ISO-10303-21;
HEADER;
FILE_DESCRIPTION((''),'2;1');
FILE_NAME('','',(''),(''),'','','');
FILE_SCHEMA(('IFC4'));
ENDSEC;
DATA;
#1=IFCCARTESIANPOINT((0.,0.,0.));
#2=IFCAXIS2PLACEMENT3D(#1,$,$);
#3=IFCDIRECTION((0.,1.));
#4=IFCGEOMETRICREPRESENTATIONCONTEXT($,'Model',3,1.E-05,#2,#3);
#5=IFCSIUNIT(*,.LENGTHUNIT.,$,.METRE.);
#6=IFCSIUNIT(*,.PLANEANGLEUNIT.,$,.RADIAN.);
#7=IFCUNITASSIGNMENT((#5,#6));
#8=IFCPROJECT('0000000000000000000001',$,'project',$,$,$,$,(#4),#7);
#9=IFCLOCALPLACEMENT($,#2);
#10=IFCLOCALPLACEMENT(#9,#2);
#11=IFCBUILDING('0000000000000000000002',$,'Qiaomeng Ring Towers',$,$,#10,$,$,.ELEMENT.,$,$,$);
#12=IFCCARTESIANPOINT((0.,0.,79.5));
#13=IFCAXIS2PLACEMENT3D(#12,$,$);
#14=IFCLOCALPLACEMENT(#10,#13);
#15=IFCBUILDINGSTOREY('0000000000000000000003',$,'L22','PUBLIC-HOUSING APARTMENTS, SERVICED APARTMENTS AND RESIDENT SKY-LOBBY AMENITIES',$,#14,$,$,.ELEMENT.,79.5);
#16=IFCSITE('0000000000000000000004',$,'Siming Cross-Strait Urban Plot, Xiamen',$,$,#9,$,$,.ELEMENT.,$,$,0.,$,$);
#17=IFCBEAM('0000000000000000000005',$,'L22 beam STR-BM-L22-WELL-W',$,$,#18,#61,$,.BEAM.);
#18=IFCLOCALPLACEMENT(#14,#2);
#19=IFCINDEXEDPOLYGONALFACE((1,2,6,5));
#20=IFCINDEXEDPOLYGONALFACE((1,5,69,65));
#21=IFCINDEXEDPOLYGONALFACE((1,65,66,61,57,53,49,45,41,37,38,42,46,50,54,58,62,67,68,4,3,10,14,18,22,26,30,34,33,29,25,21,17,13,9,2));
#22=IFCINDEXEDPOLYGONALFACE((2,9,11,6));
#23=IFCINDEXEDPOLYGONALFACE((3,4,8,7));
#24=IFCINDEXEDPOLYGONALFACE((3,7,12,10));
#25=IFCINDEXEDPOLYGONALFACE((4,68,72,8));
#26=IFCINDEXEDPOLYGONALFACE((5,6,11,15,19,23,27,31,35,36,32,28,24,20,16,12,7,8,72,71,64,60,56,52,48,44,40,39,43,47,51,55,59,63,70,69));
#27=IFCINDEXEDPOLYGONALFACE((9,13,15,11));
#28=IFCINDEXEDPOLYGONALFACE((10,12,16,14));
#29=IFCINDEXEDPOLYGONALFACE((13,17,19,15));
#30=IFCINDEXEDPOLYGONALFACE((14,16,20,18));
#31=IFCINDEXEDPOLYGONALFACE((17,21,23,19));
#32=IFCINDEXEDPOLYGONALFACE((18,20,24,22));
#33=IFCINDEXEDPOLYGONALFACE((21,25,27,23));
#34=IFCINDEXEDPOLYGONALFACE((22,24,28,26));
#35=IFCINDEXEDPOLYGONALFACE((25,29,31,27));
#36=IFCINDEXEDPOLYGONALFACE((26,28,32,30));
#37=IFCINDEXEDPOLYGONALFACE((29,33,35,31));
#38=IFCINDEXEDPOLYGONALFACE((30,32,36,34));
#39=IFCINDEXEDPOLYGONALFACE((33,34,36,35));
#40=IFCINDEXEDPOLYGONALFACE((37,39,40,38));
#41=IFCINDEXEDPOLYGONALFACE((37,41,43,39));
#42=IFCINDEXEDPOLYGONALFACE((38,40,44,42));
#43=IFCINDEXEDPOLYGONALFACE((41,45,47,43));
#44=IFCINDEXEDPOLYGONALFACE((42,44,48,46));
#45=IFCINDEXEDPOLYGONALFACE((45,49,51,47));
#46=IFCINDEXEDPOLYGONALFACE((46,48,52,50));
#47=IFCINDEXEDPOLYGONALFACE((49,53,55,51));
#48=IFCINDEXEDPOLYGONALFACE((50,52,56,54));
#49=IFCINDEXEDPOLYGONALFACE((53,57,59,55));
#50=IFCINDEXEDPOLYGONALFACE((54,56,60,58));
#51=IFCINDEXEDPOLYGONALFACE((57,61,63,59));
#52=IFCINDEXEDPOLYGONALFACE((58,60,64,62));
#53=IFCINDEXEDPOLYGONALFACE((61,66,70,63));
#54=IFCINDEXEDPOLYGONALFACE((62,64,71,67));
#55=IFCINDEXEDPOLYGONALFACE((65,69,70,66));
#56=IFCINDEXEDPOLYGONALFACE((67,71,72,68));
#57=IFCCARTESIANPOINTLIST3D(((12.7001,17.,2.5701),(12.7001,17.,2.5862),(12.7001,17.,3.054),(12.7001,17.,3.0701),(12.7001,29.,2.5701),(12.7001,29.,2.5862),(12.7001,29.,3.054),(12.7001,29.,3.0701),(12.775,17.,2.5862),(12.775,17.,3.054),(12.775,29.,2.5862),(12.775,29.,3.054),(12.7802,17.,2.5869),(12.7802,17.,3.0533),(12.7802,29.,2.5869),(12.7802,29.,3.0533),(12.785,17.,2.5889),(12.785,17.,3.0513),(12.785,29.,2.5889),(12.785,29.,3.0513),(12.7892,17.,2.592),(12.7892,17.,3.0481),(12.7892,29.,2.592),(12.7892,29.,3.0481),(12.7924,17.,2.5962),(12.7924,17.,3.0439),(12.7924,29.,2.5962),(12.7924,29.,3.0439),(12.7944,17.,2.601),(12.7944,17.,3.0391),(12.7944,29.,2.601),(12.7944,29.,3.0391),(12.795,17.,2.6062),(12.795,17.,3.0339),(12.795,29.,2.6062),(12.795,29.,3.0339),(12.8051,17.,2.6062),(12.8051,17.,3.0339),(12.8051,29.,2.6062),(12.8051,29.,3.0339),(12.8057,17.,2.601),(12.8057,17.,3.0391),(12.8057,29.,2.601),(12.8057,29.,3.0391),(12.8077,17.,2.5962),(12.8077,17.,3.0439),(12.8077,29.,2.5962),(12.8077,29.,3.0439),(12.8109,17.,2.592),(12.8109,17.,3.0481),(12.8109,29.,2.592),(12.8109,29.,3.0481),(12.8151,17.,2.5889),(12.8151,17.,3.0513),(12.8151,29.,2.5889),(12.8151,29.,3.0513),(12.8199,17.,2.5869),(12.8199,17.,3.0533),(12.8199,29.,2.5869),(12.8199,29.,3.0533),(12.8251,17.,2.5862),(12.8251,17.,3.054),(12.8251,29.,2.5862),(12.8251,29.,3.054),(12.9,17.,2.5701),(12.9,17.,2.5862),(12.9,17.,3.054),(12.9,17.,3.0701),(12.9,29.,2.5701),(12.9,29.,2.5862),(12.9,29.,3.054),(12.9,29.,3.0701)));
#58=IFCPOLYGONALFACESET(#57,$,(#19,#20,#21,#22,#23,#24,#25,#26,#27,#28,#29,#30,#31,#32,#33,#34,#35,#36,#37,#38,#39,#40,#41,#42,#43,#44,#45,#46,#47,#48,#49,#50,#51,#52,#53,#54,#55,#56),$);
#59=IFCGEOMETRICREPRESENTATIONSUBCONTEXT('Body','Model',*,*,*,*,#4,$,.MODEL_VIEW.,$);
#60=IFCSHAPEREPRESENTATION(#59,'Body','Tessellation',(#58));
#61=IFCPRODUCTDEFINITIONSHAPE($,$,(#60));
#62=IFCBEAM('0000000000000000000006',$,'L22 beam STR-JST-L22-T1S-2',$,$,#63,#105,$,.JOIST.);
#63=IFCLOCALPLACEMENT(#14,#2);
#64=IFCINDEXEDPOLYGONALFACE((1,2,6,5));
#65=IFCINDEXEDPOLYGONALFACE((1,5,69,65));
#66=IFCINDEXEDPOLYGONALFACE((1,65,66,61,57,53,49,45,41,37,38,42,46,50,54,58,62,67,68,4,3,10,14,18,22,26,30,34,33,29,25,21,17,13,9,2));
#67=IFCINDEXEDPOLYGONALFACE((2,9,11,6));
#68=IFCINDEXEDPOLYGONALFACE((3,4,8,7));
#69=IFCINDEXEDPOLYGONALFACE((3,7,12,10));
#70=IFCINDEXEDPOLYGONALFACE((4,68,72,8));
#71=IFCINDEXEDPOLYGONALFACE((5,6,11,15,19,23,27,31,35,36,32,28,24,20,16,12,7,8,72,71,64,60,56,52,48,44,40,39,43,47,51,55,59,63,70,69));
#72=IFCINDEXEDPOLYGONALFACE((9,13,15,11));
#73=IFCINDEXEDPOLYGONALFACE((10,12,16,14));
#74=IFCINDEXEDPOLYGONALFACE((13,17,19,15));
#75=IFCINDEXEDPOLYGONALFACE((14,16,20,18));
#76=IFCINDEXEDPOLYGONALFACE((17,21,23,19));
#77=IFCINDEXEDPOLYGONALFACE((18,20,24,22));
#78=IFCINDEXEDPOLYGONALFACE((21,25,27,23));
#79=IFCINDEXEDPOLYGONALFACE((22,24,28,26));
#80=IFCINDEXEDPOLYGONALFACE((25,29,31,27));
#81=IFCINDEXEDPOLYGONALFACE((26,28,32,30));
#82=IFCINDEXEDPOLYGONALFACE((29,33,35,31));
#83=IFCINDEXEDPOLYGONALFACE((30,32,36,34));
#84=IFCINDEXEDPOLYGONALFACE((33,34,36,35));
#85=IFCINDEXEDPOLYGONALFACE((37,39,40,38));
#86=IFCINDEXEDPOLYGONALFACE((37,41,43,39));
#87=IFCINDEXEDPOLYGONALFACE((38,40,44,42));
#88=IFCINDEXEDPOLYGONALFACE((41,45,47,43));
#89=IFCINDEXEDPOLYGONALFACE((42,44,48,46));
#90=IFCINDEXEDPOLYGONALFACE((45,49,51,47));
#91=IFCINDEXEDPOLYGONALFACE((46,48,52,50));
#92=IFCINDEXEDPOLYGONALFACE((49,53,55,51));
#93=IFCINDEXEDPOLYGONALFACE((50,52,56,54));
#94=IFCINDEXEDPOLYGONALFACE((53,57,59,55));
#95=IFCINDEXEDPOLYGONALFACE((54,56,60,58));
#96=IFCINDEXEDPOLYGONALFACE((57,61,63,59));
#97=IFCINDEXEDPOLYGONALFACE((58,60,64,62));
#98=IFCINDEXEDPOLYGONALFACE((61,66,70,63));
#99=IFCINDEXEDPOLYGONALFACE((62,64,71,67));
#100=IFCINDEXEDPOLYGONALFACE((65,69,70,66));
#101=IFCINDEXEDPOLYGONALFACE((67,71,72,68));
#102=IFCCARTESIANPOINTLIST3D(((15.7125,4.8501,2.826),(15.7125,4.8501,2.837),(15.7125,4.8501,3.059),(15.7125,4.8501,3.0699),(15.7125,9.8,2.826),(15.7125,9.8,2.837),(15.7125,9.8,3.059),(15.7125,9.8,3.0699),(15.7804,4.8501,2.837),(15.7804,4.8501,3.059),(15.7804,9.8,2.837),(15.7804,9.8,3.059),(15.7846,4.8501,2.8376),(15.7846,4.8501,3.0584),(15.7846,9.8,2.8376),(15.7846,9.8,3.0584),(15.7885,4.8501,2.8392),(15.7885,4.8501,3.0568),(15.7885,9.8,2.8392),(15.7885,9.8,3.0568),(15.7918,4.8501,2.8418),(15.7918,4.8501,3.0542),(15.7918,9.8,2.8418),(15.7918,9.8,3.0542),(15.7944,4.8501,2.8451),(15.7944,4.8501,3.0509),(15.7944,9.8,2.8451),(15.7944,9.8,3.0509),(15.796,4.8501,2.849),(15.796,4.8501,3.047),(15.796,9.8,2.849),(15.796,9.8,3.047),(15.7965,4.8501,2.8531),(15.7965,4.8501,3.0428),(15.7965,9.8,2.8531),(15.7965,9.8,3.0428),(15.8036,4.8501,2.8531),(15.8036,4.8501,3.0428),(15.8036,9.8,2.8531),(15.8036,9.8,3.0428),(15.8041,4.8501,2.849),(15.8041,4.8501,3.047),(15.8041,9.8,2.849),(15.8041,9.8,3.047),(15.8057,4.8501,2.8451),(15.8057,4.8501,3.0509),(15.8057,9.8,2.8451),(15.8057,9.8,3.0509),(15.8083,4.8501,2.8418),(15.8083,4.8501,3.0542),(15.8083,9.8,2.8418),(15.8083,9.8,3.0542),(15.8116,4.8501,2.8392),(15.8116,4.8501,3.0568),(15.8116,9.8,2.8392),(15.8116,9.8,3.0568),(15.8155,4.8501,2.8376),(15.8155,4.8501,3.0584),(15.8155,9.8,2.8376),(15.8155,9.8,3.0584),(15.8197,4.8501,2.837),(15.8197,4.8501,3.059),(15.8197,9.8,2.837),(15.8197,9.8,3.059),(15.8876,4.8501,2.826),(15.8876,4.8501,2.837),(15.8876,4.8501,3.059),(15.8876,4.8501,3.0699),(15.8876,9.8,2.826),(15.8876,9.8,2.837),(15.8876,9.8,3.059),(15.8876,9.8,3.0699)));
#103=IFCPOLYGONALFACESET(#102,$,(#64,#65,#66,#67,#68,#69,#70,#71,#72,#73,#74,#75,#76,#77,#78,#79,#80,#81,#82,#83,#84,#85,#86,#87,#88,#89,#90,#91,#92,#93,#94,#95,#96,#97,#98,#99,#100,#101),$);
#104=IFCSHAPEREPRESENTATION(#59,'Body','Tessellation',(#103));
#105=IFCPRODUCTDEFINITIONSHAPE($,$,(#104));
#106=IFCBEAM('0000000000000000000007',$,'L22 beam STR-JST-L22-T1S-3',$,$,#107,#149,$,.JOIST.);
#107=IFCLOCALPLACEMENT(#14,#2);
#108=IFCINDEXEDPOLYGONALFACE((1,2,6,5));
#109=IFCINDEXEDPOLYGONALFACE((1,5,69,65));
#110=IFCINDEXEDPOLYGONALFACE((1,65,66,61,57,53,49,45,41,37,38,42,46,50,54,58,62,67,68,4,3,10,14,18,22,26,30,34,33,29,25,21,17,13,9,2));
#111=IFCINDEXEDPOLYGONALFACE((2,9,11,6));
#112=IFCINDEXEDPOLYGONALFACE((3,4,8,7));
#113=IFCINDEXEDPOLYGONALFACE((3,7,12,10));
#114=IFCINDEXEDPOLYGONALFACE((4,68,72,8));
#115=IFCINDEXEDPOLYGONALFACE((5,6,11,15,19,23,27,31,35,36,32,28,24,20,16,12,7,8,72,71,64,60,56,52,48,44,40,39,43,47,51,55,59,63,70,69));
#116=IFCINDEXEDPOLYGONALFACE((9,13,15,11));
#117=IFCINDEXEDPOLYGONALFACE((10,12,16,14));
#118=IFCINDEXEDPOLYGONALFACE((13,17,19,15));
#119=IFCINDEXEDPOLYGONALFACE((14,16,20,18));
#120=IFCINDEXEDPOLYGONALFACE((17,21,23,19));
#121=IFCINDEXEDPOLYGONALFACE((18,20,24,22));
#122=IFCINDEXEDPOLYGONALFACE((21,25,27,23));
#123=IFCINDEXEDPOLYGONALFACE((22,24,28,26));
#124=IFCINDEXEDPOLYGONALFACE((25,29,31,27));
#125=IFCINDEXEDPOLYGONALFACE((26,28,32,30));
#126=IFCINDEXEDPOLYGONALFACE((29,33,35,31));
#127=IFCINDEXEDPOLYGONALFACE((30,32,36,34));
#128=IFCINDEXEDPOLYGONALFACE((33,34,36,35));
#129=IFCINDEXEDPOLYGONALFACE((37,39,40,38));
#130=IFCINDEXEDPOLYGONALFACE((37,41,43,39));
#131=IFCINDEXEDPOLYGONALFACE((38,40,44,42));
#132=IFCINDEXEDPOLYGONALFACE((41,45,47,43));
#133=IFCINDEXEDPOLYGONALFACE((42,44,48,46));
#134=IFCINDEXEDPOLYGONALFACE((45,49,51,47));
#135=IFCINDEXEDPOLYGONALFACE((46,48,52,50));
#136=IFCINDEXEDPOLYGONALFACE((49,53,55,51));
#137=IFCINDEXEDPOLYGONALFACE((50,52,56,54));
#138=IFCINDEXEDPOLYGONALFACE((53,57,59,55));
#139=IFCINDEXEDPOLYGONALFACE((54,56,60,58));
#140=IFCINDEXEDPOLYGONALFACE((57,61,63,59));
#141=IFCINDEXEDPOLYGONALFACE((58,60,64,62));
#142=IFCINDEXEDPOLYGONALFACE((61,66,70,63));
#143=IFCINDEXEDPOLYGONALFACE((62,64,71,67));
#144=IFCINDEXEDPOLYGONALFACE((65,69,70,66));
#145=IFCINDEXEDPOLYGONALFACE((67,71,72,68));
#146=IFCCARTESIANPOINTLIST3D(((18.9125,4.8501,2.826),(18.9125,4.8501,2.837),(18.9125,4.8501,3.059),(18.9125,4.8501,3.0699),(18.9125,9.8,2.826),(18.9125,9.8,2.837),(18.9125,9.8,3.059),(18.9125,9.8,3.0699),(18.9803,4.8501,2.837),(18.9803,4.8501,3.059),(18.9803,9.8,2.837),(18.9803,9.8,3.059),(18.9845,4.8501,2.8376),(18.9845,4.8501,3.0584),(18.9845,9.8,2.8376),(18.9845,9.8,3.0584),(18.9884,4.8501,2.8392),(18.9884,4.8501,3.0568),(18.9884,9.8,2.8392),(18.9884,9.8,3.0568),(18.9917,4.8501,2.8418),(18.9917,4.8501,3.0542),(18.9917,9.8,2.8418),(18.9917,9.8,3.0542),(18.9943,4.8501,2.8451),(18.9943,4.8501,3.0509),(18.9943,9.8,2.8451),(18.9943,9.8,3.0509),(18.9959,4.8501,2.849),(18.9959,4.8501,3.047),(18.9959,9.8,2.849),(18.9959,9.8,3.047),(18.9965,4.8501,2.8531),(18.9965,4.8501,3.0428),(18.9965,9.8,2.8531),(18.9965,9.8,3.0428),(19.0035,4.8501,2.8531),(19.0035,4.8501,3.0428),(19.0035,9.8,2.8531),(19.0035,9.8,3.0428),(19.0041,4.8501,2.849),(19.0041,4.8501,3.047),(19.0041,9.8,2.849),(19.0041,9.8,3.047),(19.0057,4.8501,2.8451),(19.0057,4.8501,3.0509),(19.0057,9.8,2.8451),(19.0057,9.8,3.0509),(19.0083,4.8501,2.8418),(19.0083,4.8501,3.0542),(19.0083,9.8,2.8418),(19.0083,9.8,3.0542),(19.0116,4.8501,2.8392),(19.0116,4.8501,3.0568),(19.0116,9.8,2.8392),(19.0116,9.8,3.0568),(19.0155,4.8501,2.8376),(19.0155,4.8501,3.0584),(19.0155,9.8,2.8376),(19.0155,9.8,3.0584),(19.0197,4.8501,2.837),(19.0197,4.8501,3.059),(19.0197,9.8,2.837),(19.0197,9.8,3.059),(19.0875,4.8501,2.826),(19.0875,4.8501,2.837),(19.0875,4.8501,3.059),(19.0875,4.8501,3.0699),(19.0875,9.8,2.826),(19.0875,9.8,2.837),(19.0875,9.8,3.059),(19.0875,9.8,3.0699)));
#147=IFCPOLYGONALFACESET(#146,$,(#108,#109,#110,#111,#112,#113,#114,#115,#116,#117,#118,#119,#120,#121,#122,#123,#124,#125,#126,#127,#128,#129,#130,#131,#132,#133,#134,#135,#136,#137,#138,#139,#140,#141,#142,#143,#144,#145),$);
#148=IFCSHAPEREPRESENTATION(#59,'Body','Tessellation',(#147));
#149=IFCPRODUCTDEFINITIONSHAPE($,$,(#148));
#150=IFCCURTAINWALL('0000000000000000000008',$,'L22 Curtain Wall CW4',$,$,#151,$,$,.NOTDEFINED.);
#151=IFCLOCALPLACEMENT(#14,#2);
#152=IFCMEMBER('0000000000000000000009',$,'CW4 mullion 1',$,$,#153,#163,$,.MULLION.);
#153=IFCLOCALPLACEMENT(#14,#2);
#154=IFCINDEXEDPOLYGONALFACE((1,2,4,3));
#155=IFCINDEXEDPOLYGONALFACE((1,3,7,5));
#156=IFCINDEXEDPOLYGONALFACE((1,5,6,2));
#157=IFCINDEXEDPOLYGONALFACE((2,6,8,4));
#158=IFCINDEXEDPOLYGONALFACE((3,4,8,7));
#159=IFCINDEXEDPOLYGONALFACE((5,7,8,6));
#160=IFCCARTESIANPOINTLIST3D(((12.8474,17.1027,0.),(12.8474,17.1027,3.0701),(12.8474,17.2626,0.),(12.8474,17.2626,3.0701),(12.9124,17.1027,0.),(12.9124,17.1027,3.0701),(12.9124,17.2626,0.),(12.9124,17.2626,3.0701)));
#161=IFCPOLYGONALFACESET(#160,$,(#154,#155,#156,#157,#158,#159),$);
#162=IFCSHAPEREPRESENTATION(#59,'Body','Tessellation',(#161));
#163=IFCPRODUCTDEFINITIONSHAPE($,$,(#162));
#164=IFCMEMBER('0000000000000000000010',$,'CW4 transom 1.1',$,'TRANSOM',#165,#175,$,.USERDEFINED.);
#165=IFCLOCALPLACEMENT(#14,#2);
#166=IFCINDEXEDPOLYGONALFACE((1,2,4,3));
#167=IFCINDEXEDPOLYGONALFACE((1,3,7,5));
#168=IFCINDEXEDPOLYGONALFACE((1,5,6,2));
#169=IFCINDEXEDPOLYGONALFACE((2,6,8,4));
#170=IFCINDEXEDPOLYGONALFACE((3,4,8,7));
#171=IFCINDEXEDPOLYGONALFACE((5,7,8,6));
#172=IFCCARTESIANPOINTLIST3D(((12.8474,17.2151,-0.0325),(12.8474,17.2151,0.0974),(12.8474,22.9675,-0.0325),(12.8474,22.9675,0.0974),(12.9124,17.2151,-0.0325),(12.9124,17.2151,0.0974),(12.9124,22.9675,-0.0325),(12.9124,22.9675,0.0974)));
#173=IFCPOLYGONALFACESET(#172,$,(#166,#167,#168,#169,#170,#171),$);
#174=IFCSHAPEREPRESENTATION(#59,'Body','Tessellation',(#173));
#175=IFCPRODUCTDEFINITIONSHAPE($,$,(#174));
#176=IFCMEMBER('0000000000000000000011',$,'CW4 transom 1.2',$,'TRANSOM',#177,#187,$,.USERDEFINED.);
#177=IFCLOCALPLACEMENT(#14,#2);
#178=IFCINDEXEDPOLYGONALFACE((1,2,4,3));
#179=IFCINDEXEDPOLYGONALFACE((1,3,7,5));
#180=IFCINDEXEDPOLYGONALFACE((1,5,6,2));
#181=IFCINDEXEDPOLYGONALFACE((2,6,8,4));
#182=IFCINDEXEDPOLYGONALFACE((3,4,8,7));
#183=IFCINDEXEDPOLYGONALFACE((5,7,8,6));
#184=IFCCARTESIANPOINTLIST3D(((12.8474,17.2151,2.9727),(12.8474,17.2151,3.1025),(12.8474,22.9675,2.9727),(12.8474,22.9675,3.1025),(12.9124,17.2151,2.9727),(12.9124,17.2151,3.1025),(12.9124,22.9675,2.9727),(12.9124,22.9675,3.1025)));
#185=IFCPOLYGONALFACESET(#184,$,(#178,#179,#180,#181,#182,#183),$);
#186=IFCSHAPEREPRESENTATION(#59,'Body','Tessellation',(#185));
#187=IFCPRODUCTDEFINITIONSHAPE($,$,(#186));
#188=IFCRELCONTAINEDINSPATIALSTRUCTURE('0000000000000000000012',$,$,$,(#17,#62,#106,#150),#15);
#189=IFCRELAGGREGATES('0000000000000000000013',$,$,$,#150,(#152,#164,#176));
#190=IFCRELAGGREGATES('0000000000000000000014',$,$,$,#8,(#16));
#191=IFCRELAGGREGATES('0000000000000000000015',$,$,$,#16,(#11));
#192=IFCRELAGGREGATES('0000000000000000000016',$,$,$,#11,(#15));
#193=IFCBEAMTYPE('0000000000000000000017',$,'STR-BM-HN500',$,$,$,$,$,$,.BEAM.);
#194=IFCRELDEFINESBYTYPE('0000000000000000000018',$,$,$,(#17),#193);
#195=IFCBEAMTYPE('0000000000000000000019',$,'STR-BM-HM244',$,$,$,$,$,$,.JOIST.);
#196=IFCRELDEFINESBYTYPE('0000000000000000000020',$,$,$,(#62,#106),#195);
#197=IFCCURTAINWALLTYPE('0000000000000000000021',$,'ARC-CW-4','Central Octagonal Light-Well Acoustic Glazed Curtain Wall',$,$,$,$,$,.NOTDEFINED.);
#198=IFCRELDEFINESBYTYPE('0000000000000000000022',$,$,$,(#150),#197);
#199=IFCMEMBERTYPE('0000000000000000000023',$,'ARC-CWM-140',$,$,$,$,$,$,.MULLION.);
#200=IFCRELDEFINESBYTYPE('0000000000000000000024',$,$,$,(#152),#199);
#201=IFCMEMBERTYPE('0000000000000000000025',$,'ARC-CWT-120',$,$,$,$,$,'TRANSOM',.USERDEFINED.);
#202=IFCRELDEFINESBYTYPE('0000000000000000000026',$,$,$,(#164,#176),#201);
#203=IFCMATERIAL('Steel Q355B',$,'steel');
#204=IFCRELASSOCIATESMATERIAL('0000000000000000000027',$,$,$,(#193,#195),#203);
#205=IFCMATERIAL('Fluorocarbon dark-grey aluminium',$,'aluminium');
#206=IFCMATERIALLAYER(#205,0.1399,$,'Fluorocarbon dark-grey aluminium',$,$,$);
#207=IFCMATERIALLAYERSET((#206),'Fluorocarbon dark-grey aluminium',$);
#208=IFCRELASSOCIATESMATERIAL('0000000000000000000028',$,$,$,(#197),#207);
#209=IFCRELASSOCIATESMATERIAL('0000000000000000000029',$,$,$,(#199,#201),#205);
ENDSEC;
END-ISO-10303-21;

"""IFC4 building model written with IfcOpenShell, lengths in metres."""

from ifc_helpers import new_model, si_unit, direction, frame, origin, origin_2d, place, context, subcontext, project, spatial, rectangle, i_section, extrude, source, transform, mapped, material, layer, layer_set, material_profile, profile_set, type_object, element, aggregate, save


model = new_model("IFC4")

# Units and contexts
model_context = context("Model", 3, precision=1e-05, world=origin(), true_north=direction((0.0, 1.0)))
body_context = subcontext(model_context, "Body", "Model", "MODEL_VIEW")
ifc_project = project(units=[si_unit("LENGTHUNIT", "METRE"), si_unit("PLANEANGLEUNIT", "RADIAN")], contexts=[model_context])

# Site, building, storey
site_placement = place(None, origin())
site = spatial("IfcSite", under=ifc_project, at=site_placement, Name="Siming Cross-Strait Urban Plot, Xiamen", CompositionType="ELEMENT", RefElevation=0.0)
building_placement = place(site_placement, origin())
building = spatial("IfcBuilding", under=site, at=building_placement, Name="Qiaomeng Ring Towers", CompositionType="ELEMENT")
storey_placement = place(building_placement, frame((0.0, 0.0, 79.5)))
storey = spatial("IfcBuildingStorey", under=building, at=storey_placement, Name="L22", Description="PUBLIC-HOUSING APARTMENTS, SERVICED APARTMENTS AND RESIDENT SKY-LOBBY AMENITIES", CompositionType="ELEMENT", Elevation=79.5)

# Beams
ifc_material_1 = material(Name="Steel Q355B", Category="steel")
ifc_material_profile_1 = material_profile(ifc_material_1, i_section(OverallWidth=0.2, OverallDepth=0.5, WebThickness=0.01, FlangeThickness=0.0161, FilletRadius=0.02, at=origin_2d()), Name="HN 500x200x10x16")
ifc_profile_set_1 = profile_set([ifc_material_profile_1], Name="Steel Q355B")
beam_type_1 = type_object("IfcBeamType", Name="STR-BM-HN500", PredefinedType="BEAM", material=ifc_profile_set_1)
shared_shape_1 = source(origin(), body_context, "Body", "SweptSolid", [
    extrude(i_section(OverallWidth=0.2, OverallDepth=0.5, WebThickness=0.01, FlangeThickness=0.0161, FilletRadius=0.02, at=origin_2d()), origin(), (0.0, 0.0, 1.0), 12.0),
])
beam_placement = place(storey_placement, frame((12.8, 17.0, 2.8201), z_axis=(0.0, 1.0, 0.0), x_axis=(-1.0, 0.0, 0.0)))
element("IfcBeam", 1, at=beam_placement, inside=storey, type_object=beam_type_1, Name="L22 beam STR-BM-L22-WELL-W", PredefinedType="BEAM", context=body_context, shape_type="MappedRepresentation", body=[
    mapped(shared_shape_1, transform((0.0, 0.0, 0.0), x_axis=(1.0, 0.0, 0.0), y_axis=(0.0, 1.0, 0.0), z_axis=(0.0, 0.0, 1.0), scale=1.0)),
])
ifc_material_profile_2 = material_profile(ifc_material_1, i_section(OverallWidth=0.175, OverallDepth=0.2439, WebThickness=0.0071, FlangeThickness=0.011, FilletRadius=0.0161, at=origin_2d()), Name="HM 244x175x7x11")
ifc_profile_set_2 = profile_set([ifc_material_profile_2], Name="Steel Q355B")
beam_type_2 = type_object("IfcBeamType", Name="STR-BM-HM244", PredefinedType="JOIST", material=ifc_profile_set_2)
shared_shape_2 = source(origin(), body_context, "Body", "SweptSolid", [
    extrude(i_section(OverallWidth=0.175, OverallDepth=0.2439, WebThickness=0.0071, FlangeThickness=0.011, FilletRadius=0.0161, at=origin_2d()), origin(), (0.0, 0.0, 1.0), 4.95),
])
for number, where, z_axis, x_axis, name in (
    (2, (15.8, 4.8501, 2.948), (0.0, 1.0, 0.0), (-1.0, 0.0, 0.0), "L22 beam STR-JST-L22-T1S-2"),
    (3, (19.0, 4.8501, 2.948), (0.0, 1.0, 0.0), (-1.0, 0.0, 0.0), "L22 beam STR-JST-L22-T1S-3"),
):
    element("IfcBeam", number, at=place(storey_placement, frame(where, z_axis=z_axis, x_axis=x_axis)), inside=storey, type_object=beam_type_2, Name=name, PredefinedType="JOIST", context=body_context, shape_type="MappedRepresentation", body=[
        mapped(shared_shape_2, transform((0.0, 0.0, 0.0), x_axis=(1.0, 0.0, 0.0), y_axis=(0.0, 1.0, 0.0), z_axis=(0.0, 0.0, 1.0), scale=1.0)),
    ])

# Curtain wall, members
ifc_material_2 = material(Name="Fluorocarbon dark-grey aluminium", Category="aluminium")
ifc_layer_1 = layer(ifc_material_2, 0.1399, Name="Fluorocarbon dark-grey aluminium")
ifc_layer_set_1 = layer_set([ifc_layer_1], Name="Fluorocarbon dark-grey aluminium")
curtain_wall_type = type_object("IfcCurtainWallType", Name="ARC-CW-4", Description="Central Octagonal Light-Well Acoustic Glazed Curtain Wall", PredefinedType="NOTDEFINED", material=ifc_layer_set_1)
curtain_wall_placement = place(storey_placement, origin())
curtain_wall = element("IfcCurtainWall", 4, at=curtain_wall_placement, inside=storey, type_object=curtain_wall_type, Name="L22 Curtain Wall CW4", PredefinedType="NOTDEFINED")
ifc_material_profile_3 = material_profile(ifc_material_2, rectangle(XDim=0.0649, YDim=0.1599, at=origin_2d()), Name="ALU MULL 65x160")
ifc_profile_set_3 = profile_set([ifc_material_profile_3], Name="Fluorocarbon dark-grey aluminium")
member_type_1 = type_object("IfcMemberType", Name="ARC-CWM-140", PredefinedType="MULLION", material=ifc_profile_set_3)
shared_shape_3 = source(origin(), body_context, "Body", "SweptSolid", [
    extrude(rectangle(XDim=0.0649, YDim=0.1599, at=origin_2d()), origin(), (0.0, 0.0, 1.0), 3.0701),
])
member_1_placement = place(storey_placement, frame((12.8799, 17.1826, 0.0), z_axis=(0.0, 0.0, 1.0), x_axis=(-1.0, 0.0, 0.0)))
member_1 = element("IfcMember", 5, at=member_1_placement, type_object=member_type_1, Name="CW4 mullion 1", PredefinedType="MULLION", context=body_context, shape_type="MappedRepresentation", body=[
    mapped(shared_shape_3, transform((0.0, 0.0, 0.0), x_axis=(1.0, 0.0, 0.0), y_axis=(0.0, 1.0, 0.0), z_axis=(0.0, 0.0, 1.0), scale=1.0)),
])
ifc_material_profile_4 = material_profile(ifc_material_2, rectangle(XDim=0.0649, YDim=0.1299, at=origin_2d()), Name="ALU TRAN 65x130")
ifc_profile_set_4 = profile_set([ifc_material_profile_4], Name="Fluorocarbon dark-grey aluminium")
member_type_2 = type_object("IfcMemberType", Name="ARC-CWT-120", ElementType="TRANSOM", PredefinedType="USERDEFINED", material=ifc_profile_set_4)
shared_shape_4 = source(origin(), body_context, "Body", "SweptSolid", [
    extrude(rectangle(XDim=0.0649, YDim=0.1299, at=origin_2d()), origin(), (0.0, 0.0, 1.0), 5.7524),
])
member_2_placement = place(storey_placement, frame((12.8799, 17.2151, 0.0325), z_axis=(0.0, 1.0, 0.0), x_axis=(-1.0, 0.0, 0.0)))
member_2 = element("IfcMember", 6, at=member_2_placement, type_object=member_type_2, Name="CW4 transom 1.1", ObjectType="TRANSOM", PredefinedType="USERDEFINED", context=body_context, shape_type="MappedRepresentation", body=[
    mapped(shared_shape_4, transform((0.0, 0.0, 0.0), x_axis=(1.0, 0.0, 0.0), y_axis=(0.0, 1.0, 0.0), z_axis=(0.0, 0.0, 1.0), scale=1.0)),
])
member_3_placement = place(storey_placement, frame((12.8799, 17.2151, 3.0376), z_axis=(0.0, 1.0, 0.0), x_axis=(-1.0, 0.0, 0.0)))
member_3 = element("IfcMember", 7, at=member_3_placement, type_object=member_type_2, Name="CW4 transom 1.2", ObjectType="TRANSOM", PredefinedType="USERDEFINED", context=body_context, shape_type="MappedRepresentation", body=[
    mapped(shared_shape_4, transform((0.0, 0.0, 0.0), x_axis=(1.0, 0.0, 0.0), y_axis=(0.0, 1.0, 0.0), z_axis=(0.0, 0.0, 1.0), scale=1.0)),
])
aggregate(curtain_wall, [member_1, member_2, member_3])

save(model, "model.ifc")
